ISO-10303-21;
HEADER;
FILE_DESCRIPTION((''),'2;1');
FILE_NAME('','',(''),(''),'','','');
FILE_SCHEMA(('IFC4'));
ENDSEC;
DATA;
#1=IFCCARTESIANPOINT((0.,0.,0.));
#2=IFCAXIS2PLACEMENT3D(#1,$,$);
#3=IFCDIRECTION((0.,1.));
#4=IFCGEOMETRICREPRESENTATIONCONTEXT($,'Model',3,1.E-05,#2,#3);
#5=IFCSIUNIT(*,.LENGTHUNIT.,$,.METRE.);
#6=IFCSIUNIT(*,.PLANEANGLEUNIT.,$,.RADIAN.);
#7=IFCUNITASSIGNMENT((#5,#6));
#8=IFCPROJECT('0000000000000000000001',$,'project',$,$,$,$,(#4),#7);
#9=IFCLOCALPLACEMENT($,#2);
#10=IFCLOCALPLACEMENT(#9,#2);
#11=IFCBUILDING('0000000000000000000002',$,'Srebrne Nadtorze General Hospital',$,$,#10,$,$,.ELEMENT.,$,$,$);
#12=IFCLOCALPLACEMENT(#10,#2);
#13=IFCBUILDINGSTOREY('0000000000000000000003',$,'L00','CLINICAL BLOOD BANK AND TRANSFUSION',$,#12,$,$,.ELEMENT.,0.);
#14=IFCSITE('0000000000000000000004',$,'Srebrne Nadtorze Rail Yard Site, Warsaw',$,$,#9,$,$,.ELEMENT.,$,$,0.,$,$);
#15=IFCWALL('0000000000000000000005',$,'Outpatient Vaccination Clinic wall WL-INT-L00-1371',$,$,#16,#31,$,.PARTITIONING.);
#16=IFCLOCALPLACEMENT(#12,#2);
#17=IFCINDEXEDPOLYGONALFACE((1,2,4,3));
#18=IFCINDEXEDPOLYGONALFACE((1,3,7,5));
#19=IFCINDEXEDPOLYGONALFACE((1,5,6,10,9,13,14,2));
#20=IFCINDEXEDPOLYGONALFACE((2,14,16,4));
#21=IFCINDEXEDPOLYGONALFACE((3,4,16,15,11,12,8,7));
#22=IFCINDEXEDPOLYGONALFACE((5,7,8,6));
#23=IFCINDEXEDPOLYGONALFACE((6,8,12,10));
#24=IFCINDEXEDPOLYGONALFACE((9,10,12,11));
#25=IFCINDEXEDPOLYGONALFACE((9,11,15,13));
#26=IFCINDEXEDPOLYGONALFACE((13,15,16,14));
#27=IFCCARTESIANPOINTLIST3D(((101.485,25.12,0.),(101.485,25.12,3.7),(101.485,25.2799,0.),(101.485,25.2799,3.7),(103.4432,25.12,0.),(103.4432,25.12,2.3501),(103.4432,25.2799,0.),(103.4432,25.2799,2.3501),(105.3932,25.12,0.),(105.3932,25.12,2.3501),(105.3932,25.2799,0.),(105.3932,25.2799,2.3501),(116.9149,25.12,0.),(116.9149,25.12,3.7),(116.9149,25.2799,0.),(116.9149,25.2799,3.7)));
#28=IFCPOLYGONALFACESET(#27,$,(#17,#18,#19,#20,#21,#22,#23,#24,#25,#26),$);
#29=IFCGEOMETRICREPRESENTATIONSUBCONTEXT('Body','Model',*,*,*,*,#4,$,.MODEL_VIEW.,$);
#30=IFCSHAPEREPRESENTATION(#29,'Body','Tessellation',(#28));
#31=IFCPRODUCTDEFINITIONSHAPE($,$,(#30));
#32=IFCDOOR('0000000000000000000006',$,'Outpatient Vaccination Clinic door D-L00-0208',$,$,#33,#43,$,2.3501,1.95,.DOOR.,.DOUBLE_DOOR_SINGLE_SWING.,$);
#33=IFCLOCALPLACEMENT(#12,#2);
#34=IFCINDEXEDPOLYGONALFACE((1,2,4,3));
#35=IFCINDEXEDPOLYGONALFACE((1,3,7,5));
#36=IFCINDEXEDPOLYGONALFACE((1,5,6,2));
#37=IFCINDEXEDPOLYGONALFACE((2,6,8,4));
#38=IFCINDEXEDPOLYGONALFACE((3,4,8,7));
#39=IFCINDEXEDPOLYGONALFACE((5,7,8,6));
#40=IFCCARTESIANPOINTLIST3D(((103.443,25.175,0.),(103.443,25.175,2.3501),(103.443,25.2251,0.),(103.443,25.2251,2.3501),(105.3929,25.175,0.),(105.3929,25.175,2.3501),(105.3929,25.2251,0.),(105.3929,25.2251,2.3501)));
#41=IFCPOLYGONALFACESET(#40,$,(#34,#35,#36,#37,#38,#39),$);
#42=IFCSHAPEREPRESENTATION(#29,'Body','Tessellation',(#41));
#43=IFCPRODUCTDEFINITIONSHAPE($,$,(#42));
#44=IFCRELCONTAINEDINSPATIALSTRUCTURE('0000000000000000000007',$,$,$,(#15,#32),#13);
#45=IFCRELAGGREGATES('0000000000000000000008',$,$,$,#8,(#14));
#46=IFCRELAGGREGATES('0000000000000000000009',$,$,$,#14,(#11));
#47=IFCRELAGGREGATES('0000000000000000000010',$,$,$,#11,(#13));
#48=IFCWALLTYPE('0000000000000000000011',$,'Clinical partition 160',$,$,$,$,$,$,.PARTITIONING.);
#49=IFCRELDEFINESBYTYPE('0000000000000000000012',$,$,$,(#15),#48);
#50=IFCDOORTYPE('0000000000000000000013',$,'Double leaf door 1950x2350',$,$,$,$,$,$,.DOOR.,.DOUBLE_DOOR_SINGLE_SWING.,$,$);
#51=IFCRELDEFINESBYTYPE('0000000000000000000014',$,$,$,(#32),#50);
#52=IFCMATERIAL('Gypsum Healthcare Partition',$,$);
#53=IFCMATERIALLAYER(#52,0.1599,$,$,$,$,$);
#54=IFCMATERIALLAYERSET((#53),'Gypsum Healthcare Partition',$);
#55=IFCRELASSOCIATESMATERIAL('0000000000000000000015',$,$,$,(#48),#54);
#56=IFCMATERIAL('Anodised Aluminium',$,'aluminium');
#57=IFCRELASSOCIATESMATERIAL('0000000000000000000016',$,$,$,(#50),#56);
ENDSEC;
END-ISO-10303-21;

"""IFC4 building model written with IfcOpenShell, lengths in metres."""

from ifc_helpers import new_model, si_unit, direction, frame, frame_2d, origin, place, context, subcontext, project, spatial, rectangle, extrude, material, layer, layer_set, type_object, element, fill, save


model = new_model("IFC4")

# Units and contexts
model_context = context("Model", 3, precision=1e-05, world=origin(), true_north=direction((0.0, 1.0)))
body_context = subcontext(model_context, "Body", "Model", "MODEL_VIEW")
ifc_project = project(units=[si_unit("LENGTHUNIT", "METRE"), si_unit("PLANEANGLEUNIT", "RADIAN")], contexts=[model_context])

# Site, building, storey
site_placement = place(None, origin())
site = spatial("IfcSite", under=ifc_project, at=site_placement, Name="Srebrne Nadtorze Rail Yard Site, Warsaw", CompositionType="ELEMENT", RefElevation=0.0)
building_placement = place(site_placement, origin())
building = spatial("IfcBuilding", under=site, at=building_placement, Name="Srebrne Nadtorze General Hospital", CompositionType="ELEMENT")
storey_placement = place(building_placement, origin())
storey = spatial("IfcBuildingStorey", under=building, at=storey_placement, Name="L00", Description="CLINICAL BLOOD BANK AND TRANSFUSION", CompositionType="ELEMENT", Elevation=0.0)

# Wall, opening, door
ifc_material_1 = material(Name="Gypsum Healthcare Partition")
ifc_layer_1 = layer(ifc_material_1, 0.1599)
ifc_layer_set_1 = layer_set([ifc_layer_1], Name="Gypsum Healthcare Partition")
wall_type = type_object("IfcWallType", Name="Clinical partition 160", PredefinedType="PARTITIONING", material=ifc_layer_set_1)
wall_placement = place(storey_placement, frame((101.4851, 25.2, 0.0), z_axis=(0.0, 0.0, 1.0), x_axis=(1.0, 0.0, 0.0)))
wall = element("IfcWall", 1, at=wall_placement, inside=storey, type_object=wall_type, Name="Outpatient Vaccination Clinic wall WL-INT-L00-1371", PredefinedType="PARTITIONING", context=body_context, shape_type="SweptSolid", body=[
    extrude(rectangle(XDim=15.4299, YDim=0.1599, at=frame_2d((7.7148, 0.0))), origin(), (0.0, 0.0, 1.0), 3.7),
])
opening_placement = place(wall_placement, frame((1.958, 0.0, 0.0)))
opening = element("IfcOpeningElement", 2, at=opening_placement, cuts=wall, PredefinedType="OPENING", context=body_context, shape_type="SweptSolid", body=[
    extrude(rectangle(XDim=1.95, YDim=2.3501, at=frame_2d((0.9751, 1.175))), frame((0.0, 0.0918, 0.0), z_axis=(0.0, -1.0, 0.0), x_axis=(1.0, 0.0, 0.0)), (0.0, 0.0, 1.0), 0.1838),
])
ifc_material_2 = material(Name="Anodised Aluminium", Category="aluminium")
door_type = type_object("IfcDoorType", Name="Double leaf door 1950x2350", OperationType="DOUBLE_DOOR_SINGLE_SWING", PredefinedType="DOOR", material=ifc_material_2)
door_placement = place(opening_placement, frame((1.95, 0.0, 0.0), z_axis=(0.0, 0.0, 1.0), x_axis=(-1.0, 0.0, 0.0)))
door = element("IfcDoor", 3, at=door_placement, inside=storey, type_object=door_type, Name="Outpatient Vaccination Clinic door D-L00-0208", OperationType="DOUBLE_DOOR_SINGLE_SWING", OverallHeight=2.3501, OverallWidth=1.95, PredefinedType="DOOR", context=body_context, shape_type="SweptSolid", body=[
    extrude(rectangle(XDim=1.95, YDim=2.3501, at=frame_2d((0.9751, 1.175))), frame((0.0, 0.0249, 0.0), z_axis=(0.0, -1.0, 0.0), x_axis=(1.0, 0.0, 0.0)), (0.0, 0.0, 1.0), 0.05),
])
fill(opening, door)

save(model, "model.ifc")
